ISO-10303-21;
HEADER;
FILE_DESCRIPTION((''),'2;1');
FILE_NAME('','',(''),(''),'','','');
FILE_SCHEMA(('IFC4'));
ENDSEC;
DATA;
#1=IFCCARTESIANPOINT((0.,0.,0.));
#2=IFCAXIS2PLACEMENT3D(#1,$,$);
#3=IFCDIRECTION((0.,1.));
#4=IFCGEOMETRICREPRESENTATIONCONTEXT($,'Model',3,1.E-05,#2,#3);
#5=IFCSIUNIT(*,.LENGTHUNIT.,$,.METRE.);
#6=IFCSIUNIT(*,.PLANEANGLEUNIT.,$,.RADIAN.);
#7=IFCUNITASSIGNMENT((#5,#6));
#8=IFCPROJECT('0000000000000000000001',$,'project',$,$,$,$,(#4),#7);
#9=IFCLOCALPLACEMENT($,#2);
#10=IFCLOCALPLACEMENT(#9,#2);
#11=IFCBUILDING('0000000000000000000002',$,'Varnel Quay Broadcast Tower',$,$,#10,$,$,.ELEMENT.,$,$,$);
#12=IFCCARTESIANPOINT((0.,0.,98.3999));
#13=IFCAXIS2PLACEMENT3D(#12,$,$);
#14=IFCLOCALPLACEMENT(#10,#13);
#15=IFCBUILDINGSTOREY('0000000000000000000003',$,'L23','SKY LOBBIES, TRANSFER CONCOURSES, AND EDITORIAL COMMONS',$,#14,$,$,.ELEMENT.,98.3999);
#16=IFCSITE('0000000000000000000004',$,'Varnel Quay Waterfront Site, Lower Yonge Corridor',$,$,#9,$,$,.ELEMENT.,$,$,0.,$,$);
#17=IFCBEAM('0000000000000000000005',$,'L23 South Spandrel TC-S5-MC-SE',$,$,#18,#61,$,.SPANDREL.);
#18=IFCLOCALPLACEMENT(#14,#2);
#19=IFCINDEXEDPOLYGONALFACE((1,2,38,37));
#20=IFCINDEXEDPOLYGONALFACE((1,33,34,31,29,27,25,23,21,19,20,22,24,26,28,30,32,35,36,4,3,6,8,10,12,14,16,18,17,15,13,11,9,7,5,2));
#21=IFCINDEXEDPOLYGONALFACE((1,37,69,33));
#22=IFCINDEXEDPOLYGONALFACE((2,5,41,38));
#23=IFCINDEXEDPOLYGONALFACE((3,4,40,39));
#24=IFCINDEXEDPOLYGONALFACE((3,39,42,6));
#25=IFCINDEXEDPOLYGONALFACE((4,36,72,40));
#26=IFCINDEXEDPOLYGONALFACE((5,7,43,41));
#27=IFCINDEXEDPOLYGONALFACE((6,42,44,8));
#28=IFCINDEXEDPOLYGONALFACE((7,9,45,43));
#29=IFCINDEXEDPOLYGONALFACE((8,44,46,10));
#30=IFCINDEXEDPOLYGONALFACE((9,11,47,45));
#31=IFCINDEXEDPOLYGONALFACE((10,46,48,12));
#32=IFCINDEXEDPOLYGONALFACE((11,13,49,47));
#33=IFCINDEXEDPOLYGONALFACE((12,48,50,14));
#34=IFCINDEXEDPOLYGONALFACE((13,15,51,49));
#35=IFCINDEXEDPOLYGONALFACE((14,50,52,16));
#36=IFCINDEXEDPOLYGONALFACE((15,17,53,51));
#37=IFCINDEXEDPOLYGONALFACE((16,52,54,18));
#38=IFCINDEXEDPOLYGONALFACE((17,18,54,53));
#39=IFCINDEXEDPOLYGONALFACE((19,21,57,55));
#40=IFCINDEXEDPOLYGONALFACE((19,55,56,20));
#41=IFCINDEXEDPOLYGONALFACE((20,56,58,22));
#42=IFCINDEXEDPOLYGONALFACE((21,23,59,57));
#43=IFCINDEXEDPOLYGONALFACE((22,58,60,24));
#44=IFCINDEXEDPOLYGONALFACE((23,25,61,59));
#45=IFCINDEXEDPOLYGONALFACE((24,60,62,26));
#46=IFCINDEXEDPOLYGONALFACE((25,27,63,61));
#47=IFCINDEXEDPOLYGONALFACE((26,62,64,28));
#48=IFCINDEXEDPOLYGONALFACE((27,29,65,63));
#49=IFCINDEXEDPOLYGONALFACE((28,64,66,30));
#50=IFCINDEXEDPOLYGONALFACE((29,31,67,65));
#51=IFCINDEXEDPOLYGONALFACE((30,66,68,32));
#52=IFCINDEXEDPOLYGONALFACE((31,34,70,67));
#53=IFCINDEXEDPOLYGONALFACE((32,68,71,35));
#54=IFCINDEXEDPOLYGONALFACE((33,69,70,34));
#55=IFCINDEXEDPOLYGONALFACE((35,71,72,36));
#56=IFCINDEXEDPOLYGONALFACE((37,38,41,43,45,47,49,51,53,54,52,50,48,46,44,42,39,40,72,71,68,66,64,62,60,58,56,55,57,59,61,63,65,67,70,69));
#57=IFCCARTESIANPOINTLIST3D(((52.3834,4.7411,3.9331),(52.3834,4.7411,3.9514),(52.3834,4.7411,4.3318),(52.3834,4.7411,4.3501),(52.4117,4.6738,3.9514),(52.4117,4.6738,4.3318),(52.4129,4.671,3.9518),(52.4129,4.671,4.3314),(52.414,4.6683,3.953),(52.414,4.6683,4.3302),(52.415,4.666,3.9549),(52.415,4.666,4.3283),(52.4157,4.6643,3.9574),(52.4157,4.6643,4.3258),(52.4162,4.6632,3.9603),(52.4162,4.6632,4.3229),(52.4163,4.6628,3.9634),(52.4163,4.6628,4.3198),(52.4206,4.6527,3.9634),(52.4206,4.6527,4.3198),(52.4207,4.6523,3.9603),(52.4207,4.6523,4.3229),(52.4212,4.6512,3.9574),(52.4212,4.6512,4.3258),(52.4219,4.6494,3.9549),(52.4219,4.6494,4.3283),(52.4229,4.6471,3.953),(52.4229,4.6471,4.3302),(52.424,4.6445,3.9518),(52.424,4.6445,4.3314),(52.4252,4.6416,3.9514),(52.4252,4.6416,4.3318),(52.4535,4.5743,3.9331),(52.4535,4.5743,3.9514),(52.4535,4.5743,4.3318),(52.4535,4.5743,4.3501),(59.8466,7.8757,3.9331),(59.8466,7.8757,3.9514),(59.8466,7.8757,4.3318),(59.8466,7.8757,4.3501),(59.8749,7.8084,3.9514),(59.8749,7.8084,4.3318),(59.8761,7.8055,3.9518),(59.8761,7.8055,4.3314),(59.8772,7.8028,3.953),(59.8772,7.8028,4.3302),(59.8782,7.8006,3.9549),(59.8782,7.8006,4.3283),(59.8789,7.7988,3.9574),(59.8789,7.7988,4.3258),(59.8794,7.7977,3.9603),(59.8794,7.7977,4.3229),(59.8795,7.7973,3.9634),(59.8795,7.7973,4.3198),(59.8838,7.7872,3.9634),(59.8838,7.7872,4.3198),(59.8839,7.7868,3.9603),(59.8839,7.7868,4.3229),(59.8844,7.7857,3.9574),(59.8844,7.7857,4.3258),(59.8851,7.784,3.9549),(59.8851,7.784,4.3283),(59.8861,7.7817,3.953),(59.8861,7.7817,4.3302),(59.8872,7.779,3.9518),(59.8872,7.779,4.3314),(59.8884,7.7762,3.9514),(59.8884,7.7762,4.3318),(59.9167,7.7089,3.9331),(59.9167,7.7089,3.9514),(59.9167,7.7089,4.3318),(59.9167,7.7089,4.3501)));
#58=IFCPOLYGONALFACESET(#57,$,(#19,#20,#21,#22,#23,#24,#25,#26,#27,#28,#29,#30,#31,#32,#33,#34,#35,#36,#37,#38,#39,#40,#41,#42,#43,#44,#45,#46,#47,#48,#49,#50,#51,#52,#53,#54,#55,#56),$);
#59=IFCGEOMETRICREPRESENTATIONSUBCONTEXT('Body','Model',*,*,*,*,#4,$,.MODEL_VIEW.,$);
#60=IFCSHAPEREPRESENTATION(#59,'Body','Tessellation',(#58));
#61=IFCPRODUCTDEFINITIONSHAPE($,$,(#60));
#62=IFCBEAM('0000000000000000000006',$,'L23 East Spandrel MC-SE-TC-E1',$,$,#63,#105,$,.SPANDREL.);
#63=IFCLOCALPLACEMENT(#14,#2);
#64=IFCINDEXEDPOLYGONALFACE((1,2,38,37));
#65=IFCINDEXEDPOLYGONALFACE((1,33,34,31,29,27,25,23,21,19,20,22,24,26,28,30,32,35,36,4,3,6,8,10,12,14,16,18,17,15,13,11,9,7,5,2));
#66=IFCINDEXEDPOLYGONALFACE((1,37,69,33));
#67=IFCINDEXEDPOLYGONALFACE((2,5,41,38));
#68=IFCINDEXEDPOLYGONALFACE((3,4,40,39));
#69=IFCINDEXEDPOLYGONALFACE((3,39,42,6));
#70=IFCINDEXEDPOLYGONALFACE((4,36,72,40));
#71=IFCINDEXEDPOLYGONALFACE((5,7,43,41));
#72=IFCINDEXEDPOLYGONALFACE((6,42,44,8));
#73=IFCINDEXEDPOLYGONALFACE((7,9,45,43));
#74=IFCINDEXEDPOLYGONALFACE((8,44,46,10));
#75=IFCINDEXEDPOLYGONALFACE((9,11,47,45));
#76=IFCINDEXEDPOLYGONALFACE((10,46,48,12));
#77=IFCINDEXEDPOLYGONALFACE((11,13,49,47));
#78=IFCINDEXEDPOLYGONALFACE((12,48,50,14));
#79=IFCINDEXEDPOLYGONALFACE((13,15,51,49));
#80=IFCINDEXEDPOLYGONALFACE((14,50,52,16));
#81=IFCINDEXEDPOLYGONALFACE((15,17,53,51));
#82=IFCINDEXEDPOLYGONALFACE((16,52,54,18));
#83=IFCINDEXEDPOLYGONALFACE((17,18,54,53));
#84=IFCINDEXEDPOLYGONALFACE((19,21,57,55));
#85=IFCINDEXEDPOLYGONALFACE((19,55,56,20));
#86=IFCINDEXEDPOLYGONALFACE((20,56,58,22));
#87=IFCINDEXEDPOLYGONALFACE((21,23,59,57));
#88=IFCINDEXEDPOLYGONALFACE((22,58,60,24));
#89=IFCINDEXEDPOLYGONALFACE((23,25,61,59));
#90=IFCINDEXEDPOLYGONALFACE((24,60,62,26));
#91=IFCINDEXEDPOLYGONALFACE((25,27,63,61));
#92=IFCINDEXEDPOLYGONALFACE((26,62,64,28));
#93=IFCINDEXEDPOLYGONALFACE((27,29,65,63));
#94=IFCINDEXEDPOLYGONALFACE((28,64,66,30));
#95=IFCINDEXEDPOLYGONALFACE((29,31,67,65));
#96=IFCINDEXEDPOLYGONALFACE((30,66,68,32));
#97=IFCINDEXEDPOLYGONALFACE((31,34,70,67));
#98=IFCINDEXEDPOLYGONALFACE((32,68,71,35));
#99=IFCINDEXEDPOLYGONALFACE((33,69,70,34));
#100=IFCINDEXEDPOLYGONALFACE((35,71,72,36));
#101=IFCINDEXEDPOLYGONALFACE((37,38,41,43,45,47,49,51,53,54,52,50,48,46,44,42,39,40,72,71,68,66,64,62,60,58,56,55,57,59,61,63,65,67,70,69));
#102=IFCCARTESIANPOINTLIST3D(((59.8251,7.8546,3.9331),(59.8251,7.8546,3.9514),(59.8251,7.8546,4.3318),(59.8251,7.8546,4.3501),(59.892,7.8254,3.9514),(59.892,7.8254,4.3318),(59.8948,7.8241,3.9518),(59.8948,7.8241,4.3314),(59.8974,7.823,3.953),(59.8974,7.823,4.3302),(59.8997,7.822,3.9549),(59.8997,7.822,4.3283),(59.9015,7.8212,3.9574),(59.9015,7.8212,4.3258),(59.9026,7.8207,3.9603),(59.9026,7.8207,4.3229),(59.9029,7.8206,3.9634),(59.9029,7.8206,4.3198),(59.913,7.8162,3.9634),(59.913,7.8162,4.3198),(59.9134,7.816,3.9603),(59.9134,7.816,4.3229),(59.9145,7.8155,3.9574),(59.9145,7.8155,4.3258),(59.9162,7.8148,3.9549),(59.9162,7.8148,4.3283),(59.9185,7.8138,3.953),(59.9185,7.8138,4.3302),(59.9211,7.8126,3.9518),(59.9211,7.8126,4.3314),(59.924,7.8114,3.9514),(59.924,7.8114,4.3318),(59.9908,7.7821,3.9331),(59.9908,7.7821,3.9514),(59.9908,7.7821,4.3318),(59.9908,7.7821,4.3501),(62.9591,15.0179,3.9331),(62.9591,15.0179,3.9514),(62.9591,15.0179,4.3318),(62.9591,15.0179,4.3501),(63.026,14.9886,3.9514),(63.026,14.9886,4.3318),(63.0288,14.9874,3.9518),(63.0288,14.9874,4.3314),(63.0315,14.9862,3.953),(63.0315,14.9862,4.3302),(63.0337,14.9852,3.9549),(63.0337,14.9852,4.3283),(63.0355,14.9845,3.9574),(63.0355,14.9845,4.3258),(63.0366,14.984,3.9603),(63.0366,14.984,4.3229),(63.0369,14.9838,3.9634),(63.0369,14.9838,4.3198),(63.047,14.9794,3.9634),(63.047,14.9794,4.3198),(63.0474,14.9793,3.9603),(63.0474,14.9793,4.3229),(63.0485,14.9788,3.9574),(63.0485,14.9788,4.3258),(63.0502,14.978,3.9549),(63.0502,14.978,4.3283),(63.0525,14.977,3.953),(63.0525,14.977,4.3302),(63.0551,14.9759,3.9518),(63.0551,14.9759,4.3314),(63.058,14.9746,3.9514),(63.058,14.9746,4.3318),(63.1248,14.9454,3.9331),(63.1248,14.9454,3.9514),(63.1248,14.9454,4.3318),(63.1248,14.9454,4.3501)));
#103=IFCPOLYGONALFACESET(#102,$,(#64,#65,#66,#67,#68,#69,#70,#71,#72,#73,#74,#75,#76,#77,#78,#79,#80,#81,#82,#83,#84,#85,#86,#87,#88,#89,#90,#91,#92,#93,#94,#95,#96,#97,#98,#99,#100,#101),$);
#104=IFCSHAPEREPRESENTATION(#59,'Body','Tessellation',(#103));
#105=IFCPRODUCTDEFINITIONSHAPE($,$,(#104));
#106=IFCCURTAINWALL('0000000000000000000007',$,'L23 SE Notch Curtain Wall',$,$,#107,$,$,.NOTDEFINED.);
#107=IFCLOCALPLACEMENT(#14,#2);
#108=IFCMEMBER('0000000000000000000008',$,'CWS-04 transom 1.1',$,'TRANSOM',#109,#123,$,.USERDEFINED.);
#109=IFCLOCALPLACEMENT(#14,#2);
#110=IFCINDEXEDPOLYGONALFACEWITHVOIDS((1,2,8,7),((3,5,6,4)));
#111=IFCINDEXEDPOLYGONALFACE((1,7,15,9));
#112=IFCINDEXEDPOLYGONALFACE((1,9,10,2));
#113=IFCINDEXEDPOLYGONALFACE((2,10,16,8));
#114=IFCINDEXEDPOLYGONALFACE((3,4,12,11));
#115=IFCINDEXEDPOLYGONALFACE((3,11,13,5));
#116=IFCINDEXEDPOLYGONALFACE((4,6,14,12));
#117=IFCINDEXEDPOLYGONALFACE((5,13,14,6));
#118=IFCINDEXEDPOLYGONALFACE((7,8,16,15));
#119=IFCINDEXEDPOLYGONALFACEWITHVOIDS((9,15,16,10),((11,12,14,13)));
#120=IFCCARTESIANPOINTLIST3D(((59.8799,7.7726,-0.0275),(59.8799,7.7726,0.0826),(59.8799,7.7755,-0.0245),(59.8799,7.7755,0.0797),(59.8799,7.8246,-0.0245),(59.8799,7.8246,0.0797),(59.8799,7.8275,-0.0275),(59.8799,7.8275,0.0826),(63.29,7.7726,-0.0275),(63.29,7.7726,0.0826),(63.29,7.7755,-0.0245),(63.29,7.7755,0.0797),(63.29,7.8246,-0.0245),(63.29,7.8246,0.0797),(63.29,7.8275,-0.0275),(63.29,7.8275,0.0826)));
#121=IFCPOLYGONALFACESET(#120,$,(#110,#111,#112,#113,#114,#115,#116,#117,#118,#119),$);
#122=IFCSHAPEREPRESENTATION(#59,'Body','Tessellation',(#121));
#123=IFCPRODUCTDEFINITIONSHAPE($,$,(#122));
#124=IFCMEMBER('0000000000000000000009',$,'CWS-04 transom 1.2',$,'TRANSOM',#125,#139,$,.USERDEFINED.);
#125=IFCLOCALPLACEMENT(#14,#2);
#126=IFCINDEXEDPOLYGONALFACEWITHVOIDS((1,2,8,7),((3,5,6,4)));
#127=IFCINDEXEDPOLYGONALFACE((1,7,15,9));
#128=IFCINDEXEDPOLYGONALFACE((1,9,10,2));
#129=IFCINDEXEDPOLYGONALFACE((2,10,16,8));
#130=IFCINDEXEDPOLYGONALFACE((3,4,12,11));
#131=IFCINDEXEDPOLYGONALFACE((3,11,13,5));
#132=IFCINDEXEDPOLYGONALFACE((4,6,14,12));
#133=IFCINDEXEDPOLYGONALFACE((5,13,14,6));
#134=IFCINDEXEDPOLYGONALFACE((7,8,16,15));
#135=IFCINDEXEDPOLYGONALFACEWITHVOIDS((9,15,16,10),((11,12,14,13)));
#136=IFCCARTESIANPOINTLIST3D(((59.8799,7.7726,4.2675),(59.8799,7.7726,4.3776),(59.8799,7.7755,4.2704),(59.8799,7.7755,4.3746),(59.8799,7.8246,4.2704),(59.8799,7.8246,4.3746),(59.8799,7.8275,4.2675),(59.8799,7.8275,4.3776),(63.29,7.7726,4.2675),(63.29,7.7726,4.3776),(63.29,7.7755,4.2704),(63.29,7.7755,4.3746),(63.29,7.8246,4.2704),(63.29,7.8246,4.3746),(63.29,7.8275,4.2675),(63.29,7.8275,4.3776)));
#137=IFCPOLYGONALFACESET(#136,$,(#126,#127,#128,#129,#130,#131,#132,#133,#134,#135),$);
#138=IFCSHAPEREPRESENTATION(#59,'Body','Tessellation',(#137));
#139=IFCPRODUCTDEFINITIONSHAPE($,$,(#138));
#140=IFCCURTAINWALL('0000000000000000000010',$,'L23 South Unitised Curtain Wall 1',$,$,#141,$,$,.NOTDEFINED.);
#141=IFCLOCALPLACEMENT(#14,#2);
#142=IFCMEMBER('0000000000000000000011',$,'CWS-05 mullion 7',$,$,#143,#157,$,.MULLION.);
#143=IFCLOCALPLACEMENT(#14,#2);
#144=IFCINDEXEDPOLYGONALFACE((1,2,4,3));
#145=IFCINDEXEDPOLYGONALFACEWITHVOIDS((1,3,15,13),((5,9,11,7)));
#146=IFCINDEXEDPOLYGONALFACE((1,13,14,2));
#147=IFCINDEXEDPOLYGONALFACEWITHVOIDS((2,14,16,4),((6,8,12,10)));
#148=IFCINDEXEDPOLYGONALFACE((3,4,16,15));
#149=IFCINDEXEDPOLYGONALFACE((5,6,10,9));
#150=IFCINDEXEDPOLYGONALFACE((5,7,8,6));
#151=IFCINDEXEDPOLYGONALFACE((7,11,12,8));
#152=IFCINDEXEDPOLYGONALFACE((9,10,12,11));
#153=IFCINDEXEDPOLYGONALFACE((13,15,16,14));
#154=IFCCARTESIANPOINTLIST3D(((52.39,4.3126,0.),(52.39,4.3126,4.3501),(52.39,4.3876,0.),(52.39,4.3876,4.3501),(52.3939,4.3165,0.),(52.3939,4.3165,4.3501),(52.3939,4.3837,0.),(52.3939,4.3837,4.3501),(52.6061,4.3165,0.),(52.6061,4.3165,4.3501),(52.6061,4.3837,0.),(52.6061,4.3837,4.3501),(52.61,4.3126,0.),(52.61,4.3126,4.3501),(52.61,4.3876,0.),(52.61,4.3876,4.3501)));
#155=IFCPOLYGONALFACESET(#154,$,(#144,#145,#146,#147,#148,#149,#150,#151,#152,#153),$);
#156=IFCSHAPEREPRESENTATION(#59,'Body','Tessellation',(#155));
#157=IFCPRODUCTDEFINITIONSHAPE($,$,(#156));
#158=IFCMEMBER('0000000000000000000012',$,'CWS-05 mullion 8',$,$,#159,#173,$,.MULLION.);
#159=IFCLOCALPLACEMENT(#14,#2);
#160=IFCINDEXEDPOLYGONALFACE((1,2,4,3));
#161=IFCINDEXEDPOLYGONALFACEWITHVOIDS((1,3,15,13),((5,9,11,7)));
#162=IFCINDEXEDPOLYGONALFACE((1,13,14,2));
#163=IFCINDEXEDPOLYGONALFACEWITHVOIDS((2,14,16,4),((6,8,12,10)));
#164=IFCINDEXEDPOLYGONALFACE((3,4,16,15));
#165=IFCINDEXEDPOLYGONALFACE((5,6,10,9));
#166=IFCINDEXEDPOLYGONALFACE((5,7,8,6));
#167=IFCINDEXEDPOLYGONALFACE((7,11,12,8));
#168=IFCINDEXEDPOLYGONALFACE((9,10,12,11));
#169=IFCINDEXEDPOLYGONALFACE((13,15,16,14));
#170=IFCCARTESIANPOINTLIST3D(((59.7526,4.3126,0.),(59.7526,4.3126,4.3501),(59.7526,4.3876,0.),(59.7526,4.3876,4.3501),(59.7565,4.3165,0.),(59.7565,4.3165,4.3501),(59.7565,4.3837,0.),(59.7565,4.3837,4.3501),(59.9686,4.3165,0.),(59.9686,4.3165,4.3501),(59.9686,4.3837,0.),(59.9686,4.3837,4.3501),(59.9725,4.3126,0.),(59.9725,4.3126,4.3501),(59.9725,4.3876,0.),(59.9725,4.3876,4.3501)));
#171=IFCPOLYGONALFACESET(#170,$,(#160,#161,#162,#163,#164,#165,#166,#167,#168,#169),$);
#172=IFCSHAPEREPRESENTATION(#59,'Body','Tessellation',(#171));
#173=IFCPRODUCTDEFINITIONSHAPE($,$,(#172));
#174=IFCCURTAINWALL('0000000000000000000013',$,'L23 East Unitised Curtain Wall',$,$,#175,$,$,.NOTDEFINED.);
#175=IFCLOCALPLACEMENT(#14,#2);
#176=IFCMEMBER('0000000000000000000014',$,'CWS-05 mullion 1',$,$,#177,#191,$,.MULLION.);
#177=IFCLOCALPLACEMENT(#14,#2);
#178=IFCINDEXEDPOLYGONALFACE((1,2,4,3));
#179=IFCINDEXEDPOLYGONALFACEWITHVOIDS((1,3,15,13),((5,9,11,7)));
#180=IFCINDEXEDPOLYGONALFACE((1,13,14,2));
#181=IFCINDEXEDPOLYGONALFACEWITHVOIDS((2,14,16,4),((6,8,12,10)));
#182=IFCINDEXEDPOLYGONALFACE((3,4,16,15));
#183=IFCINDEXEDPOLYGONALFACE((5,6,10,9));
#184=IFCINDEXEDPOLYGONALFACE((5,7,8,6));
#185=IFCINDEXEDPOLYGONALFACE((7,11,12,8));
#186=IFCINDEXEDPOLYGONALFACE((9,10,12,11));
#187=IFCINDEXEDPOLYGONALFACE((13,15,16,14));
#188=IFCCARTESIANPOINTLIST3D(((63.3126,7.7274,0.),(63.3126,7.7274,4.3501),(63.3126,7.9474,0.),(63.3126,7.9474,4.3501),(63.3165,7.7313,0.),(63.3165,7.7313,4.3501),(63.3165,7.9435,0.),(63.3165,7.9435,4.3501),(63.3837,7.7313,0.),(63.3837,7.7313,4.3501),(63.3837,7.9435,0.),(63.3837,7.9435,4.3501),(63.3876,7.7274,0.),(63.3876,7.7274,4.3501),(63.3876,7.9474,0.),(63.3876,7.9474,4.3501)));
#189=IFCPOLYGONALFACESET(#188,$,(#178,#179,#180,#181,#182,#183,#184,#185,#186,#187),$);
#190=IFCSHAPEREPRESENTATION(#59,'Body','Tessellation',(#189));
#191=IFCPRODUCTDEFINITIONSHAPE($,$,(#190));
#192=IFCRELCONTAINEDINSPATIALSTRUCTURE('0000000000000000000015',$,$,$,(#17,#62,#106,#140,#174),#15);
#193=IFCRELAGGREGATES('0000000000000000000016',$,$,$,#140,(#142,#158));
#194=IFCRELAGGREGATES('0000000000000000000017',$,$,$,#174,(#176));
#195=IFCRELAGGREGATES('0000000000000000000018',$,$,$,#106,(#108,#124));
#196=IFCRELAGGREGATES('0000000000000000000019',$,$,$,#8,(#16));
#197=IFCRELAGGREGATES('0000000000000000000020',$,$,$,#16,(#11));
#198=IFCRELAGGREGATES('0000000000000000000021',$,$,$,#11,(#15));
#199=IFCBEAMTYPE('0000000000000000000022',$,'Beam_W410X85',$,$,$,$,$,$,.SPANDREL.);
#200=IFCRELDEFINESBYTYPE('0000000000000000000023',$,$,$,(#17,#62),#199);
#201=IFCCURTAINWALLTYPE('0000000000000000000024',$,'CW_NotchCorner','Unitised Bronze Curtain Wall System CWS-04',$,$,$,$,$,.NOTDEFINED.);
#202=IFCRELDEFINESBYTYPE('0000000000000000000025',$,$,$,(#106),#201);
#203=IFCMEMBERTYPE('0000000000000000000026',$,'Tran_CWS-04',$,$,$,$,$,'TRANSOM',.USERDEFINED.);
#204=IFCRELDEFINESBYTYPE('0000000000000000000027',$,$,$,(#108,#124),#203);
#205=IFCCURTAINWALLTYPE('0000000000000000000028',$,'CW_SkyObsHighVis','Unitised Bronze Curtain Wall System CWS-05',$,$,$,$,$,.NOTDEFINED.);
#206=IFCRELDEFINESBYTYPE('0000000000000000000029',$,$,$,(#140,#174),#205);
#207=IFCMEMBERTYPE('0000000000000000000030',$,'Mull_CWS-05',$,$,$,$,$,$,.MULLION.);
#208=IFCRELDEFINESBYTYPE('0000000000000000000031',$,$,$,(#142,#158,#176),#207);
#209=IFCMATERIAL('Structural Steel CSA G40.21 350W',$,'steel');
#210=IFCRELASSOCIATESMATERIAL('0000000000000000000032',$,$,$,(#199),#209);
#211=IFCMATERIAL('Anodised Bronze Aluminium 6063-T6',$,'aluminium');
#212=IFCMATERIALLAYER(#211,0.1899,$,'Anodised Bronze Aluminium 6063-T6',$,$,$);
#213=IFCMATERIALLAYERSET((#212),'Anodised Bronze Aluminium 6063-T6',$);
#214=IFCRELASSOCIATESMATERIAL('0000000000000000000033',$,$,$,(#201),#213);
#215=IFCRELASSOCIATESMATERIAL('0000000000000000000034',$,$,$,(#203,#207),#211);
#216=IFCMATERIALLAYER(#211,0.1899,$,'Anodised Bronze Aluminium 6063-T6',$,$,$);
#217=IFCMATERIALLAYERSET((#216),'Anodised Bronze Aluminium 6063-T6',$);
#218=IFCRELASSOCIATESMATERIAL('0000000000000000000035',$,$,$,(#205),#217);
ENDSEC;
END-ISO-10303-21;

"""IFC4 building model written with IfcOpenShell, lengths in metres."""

from ifc_helpers import new_model, si_unit, direction, frame, origin, origin_2d, place, context, subcontext, project, spatial, hollow_rectangle, i_section, extrude, source, transform, mapped, material, layer, layer_set, material_profile, profile_set, type_object, type_shapes, element, aggregate, save


model = new_model("IFC4")

# Units and contexts
model_context = context("Model", 3, precision=1e-05, world=origin(), true_north=direction((0.0, 1.0)))
body_context = subcontext(model_context, "Body", "Model", "MODEL_VIEW")
ifc_project = project(units=[si_unit("LENGTHUNIT", "METRE"), si_unit("PLANEANGLEUNIT", "RADIAN")], contexts=[model_context])

# Site, building, storey
site_placement = place(None, origin())
site = spatial("IfcSite", under=ifc_project, at=site_placement, Name="Varnel Quay Waterfront Site, Lower Yonge Corridor", CompositionType="ELEMENT", RefElevation=0.0)
building_placement = place(site_placement, origin())
building = spatial("IfcBuilding", under=site, at=building_placement, Name="Varnel Quay Broadcast Tower", CompositionType="ELEMENT")
storey_placement = place(building_placement, frame((0.0, 0.0, 98.3999)))
storey = spatial("IfcBuildingStorey", under=building, at=storey_placement, Name="L23", Description="SKY LOBBIES, TRANSFER CONCOURSES, AND EDITORIAL COMMONS", CompositionType="ELEMENT", Elevation=98.3999)

# Shared definitions
ifc_material_1 = material(Name="Structural Steel CSA G40.21 350W", Category="steel")

# Beams
ifc_material_profile_1 = material_profile(ifc_material_1, i_section(OverallWidth=0.1809, OverallDepth=0.417, WebThickness=0.011, FlangeThickness=0.0183, FilletRadius=0.012, at=origin_2d()), Name="W410X85")
ifc_profile_set_1 = profile_set([ifc_material_profile_1], Name="Structural Steel CSA G40.21 350W")
beam_type = type_object("IfcBeamType", Name="Beam_W410X85", PredefinedType="SPANDREL", material=ifc_profile_set_1)
shared_shape_1 = source(origin(), body_context, "Body", "SweptSolid", [
    extrude(i_section(OverallWidth=0.1809, OverallDepth=0.417, WebThickness=0.011, FlangeThickness=0.0183, FilletRadius=0.012, at=origin_2d()), origin(), (0.0, 0.0, 1.0), 8.0947),
])
beam_1_placement = place(storey_placement, frame((52.4185, 4.6577, 4.1416), z_axis=(0.921982, 0.387233, 0.0), x_axis=(-0.387233, 0.921982, 0.0)))
element("IfcBeam", 1, at=beam_1_placement, inside=storey, type_object=beam_type, Name="L23 South Spandrel TC-S5-MC-SE", PredefinedType="SPANDREL", context=body_context, shape_type="MappedRepresentation", body=[
    mapped(shared_shape_1, transform((0.0, 0.0, 0.0), x_axis=(1.0, 0.0, 0.0), y_axis=(0.0, 1.0, 0.0), z_axis=(0.0, 0.0, 1.0), scale=1.0)),
])
shared_shape_2 = source(origin(), body_context, "Body", "SweptSolid", [
    extrude(i_section(OverallWidth=0.1809, OverallDepth=0.417, WebThickness=0.011, FlangeThickness=0.0183, FilletRadius=0.012, at=origin_2d()), origin(), (0.0, 0.0, 1.0), 7.8188),
])
beam_2_placement = place(storey_placement, frame((59.908, 7.8184, 4.1416), z_axis=(0.400827, 0.916154, 0.0), x_axis=(-0.916154, 0.400827, 0.0)))
element("IfcBeam", 2, at=beam_2_placement, inside=storey, type_object=beam_type, Name="L23 East Spandrel MC-SE-TC-E1", PredefinedType="SPANDREL", context=body_context, shape_type="MappedRepresentation", body=[
    mapped(shared_shape_2, transform((0.0, 0.0, 0.0), x_axis=(1.0, 0.0, 0.0), y_axis=(0.0, 1.0, 0.0), z_axis=(0.0, 0.0, 1.0), scale=1.0)),
])

# Curtain walls, members
ifc_material_2 = material(Name="Anodised Bronze Aluminium 6063-T6", Category="aluminium")
ifc_layer_1 = layer(ifc_material_2, 0.1899, Name="Anodised Bronze Aluminium 6063-T6")
ifc_layer_set_1 = layer_set([ifc_layer_1], Name="Anodised Bronze Aluminium 6063-T6")
curtain_wall_type_1 = type_object("IfcCurtainWallType", Name="CW_NotchCorner", Description="Unitised Bronze Curtain Wall System CWS-04", PredefinedType="NOTDEFINED", material=ifc_layer_set_1)
curtain_wall_1_placement = place(storey_placement, origin())
curtain_wall_1 = element("IfcCurtainWall", 3, at=curtain_wall_1_placement, inside=storey, type_object=curtain_wall_type_1, Name="L23 SE Notch Curtain Wall", PredefinedType="NOTDEFINED")
ifc_material_profile_2 = material_profile(ifc_material_2, hollow_rectangle(XDim=0.0549, YDim=0.1101, WallThickness=0.0029, at=origin_2d()), Name="ALU55X110X3")
ifc_profile_set_2 = profile_set([ifc_material_profile_2], Name="Anodised Bronze Aluminium 6063-T6")
member_type_1 = type_object("IfcMemberType", Name="Tran_CWS-04", ElementType="TRANSOM", PredefinedType="USERDEFINED", material=ifc_profile_set_2)
shared_shape_3 = source(origin(), body_context, "Body", "SweptSolid", [
    extrude(hollow_rectangle(XDim=0.0549, YDim=0.1101, WallThickness=0.0029, at=origin_2d()), origin(), (0.0, 0.0, 1.0), 3.4102),
])
type_shapes(member_type_1, [shared_shape_3])
member_1_placement = place(storey_placement, frame((59.8799, 7.8, 0.0276), z_axis=(1.0, 0.0, 0.0), x_axis=(0.0, 1.0, 0.0)))
member_1 = element("IfcMember", 4, at=member_1_placement, type_object=member_type_1, Name="CWS-04 transom 1.1", ObjectType="TRANSOM", PredefinedType="USERDEFINED", context=body_context, shape_type="MappedRepresentation", body=[
    mapped(shared_shape_3, transform((0.0, 0.0, 0.0), x_axis=(1.0, 0.0, 0.0), y_axis=(0.0, 1.0, 0.0), z_axis=(0.0, 0.0, 1.0), scale=1.0)),
])
member_2_placement = place(storey_placement, frame((59.8799, 7.8, 4.3225), z_axis=(1.0, 0.0, 0.0), x_axis=(0.0, 1.0, 0.0)))
member_2 = element("IfcMember", 5, at=member_2_placement, type_object=member_type_1, Name="CWS-04 transom 1.2", ObjectType="TRANSOM", PredefinedType="USERDEFINED", context=body_context, shape_type="MappedRepresentation", body=[
    mapped(shared_shape_3, transform((0.0, 0.0, 0.0), x_axis=(1.0, 0.0, 0.0), y_axis=(0.0, 1.0, 0.0), z_axis=(0.0, 0.0, 1.0), scale=1.0)),
])
ifc_layer_2 = layer(ifc_material_2, 0.1899, Name="Anodised Bronze Aluminium 6063-T6")
ifc_layer_set_2 = layer_set([ifc_layer_2], Name="Anodised Bronze Aluminium 6063-T6")
curtain_wall_type_2 = type_object("IfcCurtainWallType", Name="CW_SkyObsHighVis", Description="Unitised Bronze Curtain Wall System CWS-05", PredefinedType="NOTDEFINED", material=ifc_layer_set_2)
curtain_wall_2_placement = place(storey_placement, origin())
curtain_wall_2 = element("IfcCurtainWall", 6, at=curtain_wall_2_placement, inside=storey, type_object=curtain_wall_type_2, Name="L23 South Unitised Curtain Wall 1", PredefinedType="NOTDEFINED")
ifc_material_profile_3 = material_profile(ifc_material_2, hollow_rectangle(XDim=0.075, YDim=0.22, WallThickness=0.0039, at=origin_2d()), Name="ALU75X220X4")
ifc_profile_set_3 = profile_set([ifc_material_profile_3], Name="Anodised Bronze Aluminium 6063-T6")
member_type_2 = type_object("IfcMemberType", Name="Mull_CWS-05", PredefinedType="MULLION", material=ifc_profile_set_3)
shared_shape_4 = source(origin(), body_context, "Body", "SweptSolid", [
    extrude(hollow_rectangle(XDim=0.075, YDim=0.22, WallThickness=0.0039, at=origin_2d()), origin(), (0.0, 0.0, 1.0), 4.3501),
])
type_shapes(member_type_2, [shared_shape_4])
member_3_placement = place(storey_placement, frame((52.5, 4.3501, 0.0), z_axis=(0.0, 0.0, 1.0), x_axis=(0.0, 1.0, 0.0)))
member_3 = element("IfcMember", 7, at=member_3_placement, type_object=member_type_2, Name="CWS-05 mullion 7", PredefinedType="MULLION", context=body_context, shape_type="MappedRepresentation", body=[
    mapped(shared_shape_4, transform((0.0, 0.0, 0.0), x_axis=(1.0, 0.0, 0.0), y_axis=(0.0, 1.0, 0.0), z_axis=(0.0, 0.0, 1.0), scale=1.0)),
])
member_4_placement = place(storey_placement, frame((59.8625, 4.3501, 0.0), z_axis=(0.0, 0.0, 1.0), x_axis=(0.0, 1.0, 0.0)))
member_4 = element("IfcMember", 8, at=member_4_placement, type_object=member_type_2, Name="CWS-05 mullion 8", PredefinedType="MULLION", context=body_context, shape_type="MappedRepresentation", body=[
    mapped(shared_shape_4, transform((0.0, 0.0, 0.0), x_axis=(1.0, 0.0, 0.0), y_axis=(0.0, 1.0, 0.0), z_axis=(0.0, 0.0, 1.0), scale=1.0)),
])
curtain_wall_3_placement = place(storey_placement, origin())
curtain_wall_3 = element("IfcCurtainWall", 9, at=curtain_wall_3_placement, inside=storey, type_object=curtain_wall_type_2, Name="L23 East Unitised Curtain Wall", PredefinedType="NOTDEFINED")
member_5_placement = place(storey_placement, frame((63.3501, 7.8374, 0.0), z_axis=(0.0, 0.0, 1.0), x_axis=(-1.0, 0.0, 0.0)))
member_5 = element("IfcMember", 10, at=member_5_placement, type_object=member_type_2, Name="CWS-05 mullion 1", PredefinedType="MULLION", context=body_context, shape_type="MappedRepresentation", body=[
    mapped(shared_shape_4, transform((0.0, 0.0, 0.0), x_axis=(1.0, 0.0, 0.0), y_axis=(0.0, 1.0, 0.0), z_axis=(0.0, 0.0, 1.0), scale=1.0)),
])

aggregate(curtain_wall_2, [member_3, member_4])
aggregate(curtain_wall_3, [member_5])
aggregate(curtain_wall_1, [member_1, member_2])

save(model, "model.ifc")
